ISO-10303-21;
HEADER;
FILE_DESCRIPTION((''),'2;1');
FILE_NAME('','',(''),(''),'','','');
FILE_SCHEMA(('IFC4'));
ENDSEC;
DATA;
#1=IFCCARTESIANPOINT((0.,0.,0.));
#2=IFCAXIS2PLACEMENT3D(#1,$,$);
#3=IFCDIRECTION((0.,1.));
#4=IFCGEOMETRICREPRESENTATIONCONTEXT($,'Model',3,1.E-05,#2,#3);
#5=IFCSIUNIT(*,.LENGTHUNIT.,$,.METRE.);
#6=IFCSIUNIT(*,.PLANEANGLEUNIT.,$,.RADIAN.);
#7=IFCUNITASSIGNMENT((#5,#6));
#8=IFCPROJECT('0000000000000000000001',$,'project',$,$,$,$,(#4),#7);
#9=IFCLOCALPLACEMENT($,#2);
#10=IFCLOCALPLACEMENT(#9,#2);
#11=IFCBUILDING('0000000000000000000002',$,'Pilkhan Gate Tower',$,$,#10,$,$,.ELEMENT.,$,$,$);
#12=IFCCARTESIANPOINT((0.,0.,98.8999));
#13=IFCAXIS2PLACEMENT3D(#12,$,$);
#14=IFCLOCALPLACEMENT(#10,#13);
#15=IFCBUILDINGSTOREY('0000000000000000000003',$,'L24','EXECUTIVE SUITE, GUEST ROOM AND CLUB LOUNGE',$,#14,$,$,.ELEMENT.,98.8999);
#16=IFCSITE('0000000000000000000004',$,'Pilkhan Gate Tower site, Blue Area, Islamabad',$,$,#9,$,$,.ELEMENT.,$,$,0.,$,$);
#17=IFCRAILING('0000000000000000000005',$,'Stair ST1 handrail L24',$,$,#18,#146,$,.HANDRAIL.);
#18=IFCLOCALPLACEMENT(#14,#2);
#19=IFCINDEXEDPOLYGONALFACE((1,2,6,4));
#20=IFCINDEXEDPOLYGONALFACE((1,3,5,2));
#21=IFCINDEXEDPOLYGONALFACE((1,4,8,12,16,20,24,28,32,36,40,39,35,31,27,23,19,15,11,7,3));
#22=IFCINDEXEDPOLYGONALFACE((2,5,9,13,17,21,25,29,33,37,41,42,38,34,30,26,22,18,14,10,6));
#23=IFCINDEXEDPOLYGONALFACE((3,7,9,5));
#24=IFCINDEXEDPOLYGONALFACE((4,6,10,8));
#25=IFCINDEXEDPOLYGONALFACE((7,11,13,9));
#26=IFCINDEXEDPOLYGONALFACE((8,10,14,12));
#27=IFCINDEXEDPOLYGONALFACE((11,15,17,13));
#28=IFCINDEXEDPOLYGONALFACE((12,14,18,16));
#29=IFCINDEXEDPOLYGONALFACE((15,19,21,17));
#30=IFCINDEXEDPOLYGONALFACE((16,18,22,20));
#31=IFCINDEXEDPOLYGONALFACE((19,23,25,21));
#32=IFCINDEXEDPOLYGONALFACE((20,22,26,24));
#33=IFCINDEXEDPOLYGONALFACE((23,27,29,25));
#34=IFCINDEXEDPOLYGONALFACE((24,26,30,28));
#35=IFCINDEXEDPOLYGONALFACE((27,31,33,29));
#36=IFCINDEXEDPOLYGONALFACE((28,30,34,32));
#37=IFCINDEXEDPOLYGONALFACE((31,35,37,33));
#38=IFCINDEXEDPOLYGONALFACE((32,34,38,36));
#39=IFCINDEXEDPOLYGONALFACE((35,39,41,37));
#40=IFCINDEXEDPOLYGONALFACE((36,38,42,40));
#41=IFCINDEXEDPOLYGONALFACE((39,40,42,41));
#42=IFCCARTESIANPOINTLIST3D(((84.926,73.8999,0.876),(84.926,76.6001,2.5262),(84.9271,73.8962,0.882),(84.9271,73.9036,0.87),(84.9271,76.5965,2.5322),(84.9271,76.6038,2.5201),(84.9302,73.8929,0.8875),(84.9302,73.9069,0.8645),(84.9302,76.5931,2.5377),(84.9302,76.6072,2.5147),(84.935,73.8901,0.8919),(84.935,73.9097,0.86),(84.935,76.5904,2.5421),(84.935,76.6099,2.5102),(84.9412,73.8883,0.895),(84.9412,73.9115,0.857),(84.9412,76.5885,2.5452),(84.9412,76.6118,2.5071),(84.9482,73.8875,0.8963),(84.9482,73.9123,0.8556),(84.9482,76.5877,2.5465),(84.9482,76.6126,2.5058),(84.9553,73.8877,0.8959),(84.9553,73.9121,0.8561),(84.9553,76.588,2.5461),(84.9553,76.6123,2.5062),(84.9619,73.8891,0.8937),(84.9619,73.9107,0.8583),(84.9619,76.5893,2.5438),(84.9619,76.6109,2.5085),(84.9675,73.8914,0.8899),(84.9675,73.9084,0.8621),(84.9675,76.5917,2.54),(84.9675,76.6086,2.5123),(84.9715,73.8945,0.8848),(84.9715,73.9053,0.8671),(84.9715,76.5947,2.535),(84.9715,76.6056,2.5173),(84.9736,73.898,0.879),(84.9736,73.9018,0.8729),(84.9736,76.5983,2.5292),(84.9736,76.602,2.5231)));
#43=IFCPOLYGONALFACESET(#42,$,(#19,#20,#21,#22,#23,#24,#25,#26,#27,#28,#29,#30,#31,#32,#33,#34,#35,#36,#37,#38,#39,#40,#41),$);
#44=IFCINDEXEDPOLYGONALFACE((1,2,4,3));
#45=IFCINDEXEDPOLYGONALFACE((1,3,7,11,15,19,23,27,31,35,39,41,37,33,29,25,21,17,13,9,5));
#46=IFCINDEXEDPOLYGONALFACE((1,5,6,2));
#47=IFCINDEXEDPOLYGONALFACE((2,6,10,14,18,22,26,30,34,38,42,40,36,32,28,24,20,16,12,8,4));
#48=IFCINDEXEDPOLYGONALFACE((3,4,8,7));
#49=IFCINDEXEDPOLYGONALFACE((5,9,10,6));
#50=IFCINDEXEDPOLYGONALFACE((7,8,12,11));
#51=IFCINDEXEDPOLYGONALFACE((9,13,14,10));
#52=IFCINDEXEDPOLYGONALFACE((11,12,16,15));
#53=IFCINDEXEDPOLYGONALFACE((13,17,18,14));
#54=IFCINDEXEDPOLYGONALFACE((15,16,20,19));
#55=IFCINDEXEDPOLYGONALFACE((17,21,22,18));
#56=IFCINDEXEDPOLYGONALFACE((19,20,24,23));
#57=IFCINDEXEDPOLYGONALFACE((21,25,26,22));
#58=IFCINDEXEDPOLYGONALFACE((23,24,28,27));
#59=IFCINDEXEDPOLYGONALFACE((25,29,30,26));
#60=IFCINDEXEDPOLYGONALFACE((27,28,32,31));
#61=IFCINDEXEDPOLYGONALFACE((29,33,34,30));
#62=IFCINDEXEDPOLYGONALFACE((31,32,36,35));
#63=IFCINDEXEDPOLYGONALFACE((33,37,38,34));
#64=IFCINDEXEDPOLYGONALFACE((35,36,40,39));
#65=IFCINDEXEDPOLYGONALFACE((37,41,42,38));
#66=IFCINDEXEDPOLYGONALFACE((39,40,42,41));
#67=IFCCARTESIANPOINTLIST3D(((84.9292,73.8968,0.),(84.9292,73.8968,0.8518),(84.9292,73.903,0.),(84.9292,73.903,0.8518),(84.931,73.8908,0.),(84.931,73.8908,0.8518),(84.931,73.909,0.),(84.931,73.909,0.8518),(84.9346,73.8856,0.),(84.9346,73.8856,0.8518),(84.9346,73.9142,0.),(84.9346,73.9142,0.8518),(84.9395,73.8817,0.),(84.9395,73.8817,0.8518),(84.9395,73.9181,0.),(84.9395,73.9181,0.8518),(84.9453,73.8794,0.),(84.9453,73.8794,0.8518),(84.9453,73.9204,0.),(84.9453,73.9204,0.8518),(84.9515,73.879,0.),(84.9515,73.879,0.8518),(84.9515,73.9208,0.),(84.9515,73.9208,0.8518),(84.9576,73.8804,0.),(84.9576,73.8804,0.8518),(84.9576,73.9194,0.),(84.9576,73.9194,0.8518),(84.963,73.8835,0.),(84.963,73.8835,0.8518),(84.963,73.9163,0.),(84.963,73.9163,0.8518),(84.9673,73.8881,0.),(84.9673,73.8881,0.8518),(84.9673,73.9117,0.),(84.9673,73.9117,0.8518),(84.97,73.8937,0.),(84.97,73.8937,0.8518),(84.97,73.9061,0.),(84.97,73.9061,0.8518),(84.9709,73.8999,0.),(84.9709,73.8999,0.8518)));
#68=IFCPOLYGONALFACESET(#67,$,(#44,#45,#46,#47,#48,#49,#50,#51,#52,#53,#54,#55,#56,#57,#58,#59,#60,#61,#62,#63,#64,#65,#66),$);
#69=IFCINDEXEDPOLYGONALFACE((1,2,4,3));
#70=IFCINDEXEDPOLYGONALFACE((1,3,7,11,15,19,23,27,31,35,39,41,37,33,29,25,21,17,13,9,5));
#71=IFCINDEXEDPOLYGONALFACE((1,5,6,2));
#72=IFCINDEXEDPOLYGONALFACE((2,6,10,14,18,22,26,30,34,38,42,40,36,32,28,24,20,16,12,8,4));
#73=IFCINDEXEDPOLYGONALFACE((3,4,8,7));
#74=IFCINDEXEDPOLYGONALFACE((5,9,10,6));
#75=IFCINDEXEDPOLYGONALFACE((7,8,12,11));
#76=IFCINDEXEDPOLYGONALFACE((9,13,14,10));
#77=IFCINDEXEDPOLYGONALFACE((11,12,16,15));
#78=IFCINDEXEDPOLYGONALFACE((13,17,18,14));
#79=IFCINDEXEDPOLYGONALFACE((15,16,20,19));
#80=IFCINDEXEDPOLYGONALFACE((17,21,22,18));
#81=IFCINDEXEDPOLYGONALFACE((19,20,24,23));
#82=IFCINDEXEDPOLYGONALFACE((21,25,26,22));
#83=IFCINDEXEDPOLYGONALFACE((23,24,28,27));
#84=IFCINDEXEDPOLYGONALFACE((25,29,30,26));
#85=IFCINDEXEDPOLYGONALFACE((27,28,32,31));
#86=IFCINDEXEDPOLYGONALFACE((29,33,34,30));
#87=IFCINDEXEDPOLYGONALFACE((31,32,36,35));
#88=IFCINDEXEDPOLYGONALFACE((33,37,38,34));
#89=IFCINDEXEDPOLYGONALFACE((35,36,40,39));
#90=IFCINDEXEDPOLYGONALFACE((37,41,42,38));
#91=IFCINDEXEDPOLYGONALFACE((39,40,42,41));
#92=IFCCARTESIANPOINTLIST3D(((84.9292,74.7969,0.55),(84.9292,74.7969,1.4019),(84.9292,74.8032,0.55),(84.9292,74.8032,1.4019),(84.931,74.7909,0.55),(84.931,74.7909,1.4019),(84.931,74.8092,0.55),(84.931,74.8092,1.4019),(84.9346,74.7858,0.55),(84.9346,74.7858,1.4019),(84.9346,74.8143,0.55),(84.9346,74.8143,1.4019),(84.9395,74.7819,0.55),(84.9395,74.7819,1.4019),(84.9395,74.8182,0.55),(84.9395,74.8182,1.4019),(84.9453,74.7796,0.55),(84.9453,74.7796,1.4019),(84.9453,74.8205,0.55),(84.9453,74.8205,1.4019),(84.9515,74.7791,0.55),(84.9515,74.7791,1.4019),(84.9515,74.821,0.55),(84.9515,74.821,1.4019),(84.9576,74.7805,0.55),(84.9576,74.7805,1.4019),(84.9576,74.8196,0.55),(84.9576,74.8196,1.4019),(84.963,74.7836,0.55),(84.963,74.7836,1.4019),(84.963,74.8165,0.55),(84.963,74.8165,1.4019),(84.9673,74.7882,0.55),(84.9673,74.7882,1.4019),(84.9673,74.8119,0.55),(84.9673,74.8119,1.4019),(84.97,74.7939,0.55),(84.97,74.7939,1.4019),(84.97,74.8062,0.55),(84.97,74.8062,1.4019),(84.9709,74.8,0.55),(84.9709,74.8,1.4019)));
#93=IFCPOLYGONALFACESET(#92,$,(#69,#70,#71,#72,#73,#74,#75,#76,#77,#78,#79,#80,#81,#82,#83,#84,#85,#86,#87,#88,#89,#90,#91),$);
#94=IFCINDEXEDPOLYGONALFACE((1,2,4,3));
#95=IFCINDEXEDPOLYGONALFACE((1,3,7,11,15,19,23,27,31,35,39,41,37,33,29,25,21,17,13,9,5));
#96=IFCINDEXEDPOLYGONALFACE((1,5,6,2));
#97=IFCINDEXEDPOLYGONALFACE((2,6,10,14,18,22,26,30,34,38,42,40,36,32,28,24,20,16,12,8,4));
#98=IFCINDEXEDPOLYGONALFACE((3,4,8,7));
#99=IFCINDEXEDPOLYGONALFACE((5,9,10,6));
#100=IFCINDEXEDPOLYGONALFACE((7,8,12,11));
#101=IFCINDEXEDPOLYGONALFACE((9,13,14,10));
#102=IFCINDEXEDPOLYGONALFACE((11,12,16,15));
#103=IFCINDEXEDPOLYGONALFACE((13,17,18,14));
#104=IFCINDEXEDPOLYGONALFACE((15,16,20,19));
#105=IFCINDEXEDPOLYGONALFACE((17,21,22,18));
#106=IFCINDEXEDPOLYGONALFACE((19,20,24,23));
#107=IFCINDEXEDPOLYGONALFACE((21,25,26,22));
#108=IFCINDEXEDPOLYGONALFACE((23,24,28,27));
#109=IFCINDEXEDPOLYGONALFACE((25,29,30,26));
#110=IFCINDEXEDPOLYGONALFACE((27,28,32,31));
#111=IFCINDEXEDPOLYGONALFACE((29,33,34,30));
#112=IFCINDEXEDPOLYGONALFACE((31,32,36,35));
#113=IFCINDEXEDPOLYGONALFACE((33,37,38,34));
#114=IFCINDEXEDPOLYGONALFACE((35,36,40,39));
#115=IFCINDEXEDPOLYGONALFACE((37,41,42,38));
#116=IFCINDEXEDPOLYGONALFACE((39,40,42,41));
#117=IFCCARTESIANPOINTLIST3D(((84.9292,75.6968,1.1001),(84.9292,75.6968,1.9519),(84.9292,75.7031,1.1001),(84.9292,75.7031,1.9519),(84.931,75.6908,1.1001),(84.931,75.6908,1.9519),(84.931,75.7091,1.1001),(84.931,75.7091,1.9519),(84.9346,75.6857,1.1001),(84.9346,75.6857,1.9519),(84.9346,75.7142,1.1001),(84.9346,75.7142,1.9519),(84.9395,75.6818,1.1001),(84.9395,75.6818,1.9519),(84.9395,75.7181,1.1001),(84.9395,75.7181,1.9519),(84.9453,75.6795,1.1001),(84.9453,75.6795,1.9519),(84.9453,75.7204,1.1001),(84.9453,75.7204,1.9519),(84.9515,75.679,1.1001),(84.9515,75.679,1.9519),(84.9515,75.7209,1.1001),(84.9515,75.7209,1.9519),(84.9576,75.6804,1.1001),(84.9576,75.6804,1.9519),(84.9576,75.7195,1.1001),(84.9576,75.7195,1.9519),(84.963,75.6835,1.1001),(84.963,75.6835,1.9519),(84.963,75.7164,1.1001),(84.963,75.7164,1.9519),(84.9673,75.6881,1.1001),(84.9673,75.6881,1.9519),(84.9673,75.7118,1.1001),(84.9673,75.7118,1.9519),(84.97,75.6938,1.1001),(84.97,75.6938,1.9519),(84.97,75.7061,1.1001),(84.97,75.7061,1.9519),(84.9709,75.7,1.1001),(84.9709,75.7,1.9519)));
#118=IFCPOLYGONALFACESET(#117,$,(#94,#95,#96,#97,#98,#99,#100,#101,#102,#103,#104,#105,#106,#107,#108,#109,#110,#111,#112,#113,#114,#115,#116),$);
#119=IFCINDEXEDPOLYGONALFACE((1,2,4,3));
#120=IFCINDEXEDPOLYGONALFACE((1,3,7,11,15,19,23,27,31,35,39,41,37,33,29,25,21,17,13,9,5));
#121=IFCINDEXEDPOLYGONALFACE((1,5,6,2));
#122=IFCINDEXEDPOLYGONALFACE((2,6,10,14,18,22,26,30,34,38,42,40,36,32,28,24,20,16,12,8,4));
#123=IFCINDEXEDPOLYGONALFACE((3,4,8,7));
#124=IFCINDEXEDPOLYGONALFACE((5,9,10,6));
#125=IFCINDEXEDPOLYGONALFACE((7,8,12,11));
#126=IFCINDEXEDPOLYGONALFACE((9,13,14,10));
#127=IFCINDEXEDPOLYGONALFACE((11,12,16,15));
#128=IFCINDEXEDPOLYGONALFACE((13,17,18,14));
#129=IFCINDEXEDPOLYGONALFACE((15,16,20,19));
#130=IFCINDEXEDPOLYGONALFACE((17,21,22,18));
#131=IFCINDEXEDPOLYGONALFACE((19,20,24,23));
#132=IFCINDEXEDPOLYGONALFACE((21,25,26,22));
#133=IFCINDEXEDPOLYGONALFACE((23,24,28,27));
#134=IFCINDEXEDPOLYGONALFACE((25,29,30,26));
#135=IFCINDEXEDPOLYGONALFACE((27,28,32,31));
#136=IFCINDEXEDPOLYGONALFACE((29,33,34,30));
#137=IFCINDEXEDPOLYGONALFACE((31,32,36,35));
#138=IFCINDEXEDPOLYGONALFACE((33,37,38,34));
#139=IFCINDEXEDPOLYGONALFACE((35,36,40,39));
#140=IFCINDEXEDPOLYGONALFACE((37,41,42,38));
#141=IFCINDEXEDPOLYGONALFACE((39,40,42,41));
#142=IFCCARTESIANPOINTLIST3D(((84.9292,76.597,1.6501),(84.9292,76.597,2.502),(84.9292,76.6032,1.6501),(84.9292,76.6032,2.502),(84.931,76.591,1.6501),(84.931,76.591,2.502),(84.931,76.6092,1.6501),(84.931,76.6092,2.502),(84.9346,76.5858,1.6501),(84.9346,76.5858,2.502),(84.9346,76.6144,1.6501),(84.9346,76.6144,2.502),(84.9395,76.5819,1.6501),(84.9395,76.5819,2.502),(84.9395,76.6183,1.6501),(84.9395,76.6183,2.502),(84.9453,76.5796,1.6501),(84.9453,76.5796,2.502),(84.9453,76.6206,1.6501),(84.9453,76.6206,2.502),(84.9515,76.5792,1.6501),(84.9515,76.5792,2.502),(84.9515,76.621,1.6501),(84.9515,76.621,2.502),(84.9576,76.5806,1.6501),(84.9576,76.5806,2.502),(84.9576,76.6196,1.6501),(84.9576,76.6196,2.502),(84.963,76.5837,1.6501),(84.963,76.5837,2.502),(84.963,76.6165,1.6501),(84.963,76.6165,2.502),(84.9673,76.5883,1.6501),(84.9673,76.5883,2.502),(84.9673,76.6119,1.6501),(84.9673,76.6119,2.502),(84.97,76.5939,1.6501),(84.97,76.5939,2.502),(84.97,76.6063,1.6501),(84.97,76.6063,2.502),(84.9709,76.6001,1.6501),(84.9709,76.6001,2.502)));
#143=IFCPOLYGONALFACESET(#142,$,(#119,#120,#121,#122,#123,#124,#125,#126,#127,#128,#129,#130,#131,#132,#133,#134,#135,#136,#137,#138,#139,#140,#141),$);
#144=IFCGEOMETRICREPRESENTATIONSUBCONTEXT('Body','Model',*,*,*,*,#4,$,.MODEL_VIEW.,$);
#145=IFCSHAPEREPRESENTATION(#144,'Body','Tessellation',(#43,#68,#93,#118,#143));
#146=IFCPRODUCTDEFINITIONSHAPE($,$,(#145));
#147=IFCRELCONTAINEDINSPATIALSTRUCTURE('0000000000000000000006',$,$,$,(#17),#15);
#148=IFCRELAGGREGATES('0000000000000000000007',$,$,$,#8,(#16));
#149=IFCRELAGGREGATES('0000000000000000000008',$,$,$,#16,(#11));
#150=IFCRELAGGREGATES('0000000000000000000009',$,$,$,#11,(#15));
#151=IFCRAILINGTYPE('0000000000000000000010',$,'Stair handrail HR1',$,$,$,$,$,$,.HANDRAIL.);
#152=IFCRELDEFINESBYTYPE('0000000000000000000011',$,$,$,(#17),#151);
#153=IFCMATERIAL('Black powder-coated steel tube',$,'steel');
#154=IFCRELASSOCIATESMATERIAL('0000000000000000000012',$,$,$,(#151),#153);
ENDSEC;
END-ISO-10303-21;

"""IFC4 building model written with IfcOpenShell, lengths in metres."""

from ifc_helpers import new_model, si_unit, direction, frame, origin, origin_2d, place, context, subcontext, project, spatial, circle, extrude, material, type_object, element, save


model = new_model("IFC4")

# Units and contexts
model_context = context("Model", 3, precision=1e-05, world=origin(), true_north=direction((0.0, 1.0)))
body_context = subcontext(model_context, "Body", "Model", "MODEL_VIEW")
ifc_project = project(units=[si_unit("LENGTHUNIT", "METRE"), si_unit("PLANEANGLEUNIT", "RADIAN")], contexts=[model_context])

# Site, building, storey
site_placement = place(None, origin())
site = spatial("IfcSite", under=ifc_project, at=site_placement, Name="Pilkhan Gate Tower site, Blue Area, Islamabad", CompositionType="ELEMENT", RefElevation=0.0)
building_placement = place(site_placement, origin())
building = spatial("IfcBuilding", under=site, at=building_placement, Name="Pilkhan Gate Tower", CompositionType="ELEMENT")
storey_placement = place(building_placement, frame((0.0, 0.0, 98.8999)))
storey = spatial("IfcBuildingStorey", under=building, at=storey_placement, Name="L24", Description="EXECUTIVE SUITE, GUEST ROOM AND CLUB LOUNGE", CompositionType="ELEMENT", Elevation=98.8999)

# Railing
ifc_material_1 = material(Name="Black powder-coated steel tube", Category="steel")
railing_type_1 = type_object("IfcRailingType", Name="Stair handrail HR1", PredefinedType="HANDRAIL", material=ifc_material_1)
railing_1_placement = place(storey_placement, frame((84.95, 73.8999, 0.0)))
element("IfcRailing", 1, at=railing_1_placement, inside=storey, type_object=railing_type_1, Name="Stair ST1 handrail L24", PredefinedType="HANDRAIL", context=body_context, shape_type="SweptSolid", body=[
    extrude(circle(Radius=0.0239, at=origin_2d()), frame((0.0, 0.0, 0.876), z_axis=(0.0, 0.853278, 0.521456), x_axis=(-1.0, 0.0, 0.0)), (0.0, 0.0, 1.0), 3.1646),
    extrude(circle(Radius=0.021, at=origin_2d()), origin(), (0.0, 0.0, 1.0), 0.8518),
    extrude(circle(Radius=0.021, at=origin_2d()), frame((0.0, 0.9001, 0.55)), (0.0, 0.0, 1.0), 0.8518),
    extrude(circle(Radius=0.021, at=origin_2d()), frame((0.0, 1.8, 1.1001)), (0.0, 0.0, 1.0), 0.8518),
    extrude(circle(Radius=0.021, at=origin_2d()), frame((0.0, 2.7002, 1.6501)), (0.0, 0.0, 1.0), 0.8518),
])

save(model, "model.ifc")
